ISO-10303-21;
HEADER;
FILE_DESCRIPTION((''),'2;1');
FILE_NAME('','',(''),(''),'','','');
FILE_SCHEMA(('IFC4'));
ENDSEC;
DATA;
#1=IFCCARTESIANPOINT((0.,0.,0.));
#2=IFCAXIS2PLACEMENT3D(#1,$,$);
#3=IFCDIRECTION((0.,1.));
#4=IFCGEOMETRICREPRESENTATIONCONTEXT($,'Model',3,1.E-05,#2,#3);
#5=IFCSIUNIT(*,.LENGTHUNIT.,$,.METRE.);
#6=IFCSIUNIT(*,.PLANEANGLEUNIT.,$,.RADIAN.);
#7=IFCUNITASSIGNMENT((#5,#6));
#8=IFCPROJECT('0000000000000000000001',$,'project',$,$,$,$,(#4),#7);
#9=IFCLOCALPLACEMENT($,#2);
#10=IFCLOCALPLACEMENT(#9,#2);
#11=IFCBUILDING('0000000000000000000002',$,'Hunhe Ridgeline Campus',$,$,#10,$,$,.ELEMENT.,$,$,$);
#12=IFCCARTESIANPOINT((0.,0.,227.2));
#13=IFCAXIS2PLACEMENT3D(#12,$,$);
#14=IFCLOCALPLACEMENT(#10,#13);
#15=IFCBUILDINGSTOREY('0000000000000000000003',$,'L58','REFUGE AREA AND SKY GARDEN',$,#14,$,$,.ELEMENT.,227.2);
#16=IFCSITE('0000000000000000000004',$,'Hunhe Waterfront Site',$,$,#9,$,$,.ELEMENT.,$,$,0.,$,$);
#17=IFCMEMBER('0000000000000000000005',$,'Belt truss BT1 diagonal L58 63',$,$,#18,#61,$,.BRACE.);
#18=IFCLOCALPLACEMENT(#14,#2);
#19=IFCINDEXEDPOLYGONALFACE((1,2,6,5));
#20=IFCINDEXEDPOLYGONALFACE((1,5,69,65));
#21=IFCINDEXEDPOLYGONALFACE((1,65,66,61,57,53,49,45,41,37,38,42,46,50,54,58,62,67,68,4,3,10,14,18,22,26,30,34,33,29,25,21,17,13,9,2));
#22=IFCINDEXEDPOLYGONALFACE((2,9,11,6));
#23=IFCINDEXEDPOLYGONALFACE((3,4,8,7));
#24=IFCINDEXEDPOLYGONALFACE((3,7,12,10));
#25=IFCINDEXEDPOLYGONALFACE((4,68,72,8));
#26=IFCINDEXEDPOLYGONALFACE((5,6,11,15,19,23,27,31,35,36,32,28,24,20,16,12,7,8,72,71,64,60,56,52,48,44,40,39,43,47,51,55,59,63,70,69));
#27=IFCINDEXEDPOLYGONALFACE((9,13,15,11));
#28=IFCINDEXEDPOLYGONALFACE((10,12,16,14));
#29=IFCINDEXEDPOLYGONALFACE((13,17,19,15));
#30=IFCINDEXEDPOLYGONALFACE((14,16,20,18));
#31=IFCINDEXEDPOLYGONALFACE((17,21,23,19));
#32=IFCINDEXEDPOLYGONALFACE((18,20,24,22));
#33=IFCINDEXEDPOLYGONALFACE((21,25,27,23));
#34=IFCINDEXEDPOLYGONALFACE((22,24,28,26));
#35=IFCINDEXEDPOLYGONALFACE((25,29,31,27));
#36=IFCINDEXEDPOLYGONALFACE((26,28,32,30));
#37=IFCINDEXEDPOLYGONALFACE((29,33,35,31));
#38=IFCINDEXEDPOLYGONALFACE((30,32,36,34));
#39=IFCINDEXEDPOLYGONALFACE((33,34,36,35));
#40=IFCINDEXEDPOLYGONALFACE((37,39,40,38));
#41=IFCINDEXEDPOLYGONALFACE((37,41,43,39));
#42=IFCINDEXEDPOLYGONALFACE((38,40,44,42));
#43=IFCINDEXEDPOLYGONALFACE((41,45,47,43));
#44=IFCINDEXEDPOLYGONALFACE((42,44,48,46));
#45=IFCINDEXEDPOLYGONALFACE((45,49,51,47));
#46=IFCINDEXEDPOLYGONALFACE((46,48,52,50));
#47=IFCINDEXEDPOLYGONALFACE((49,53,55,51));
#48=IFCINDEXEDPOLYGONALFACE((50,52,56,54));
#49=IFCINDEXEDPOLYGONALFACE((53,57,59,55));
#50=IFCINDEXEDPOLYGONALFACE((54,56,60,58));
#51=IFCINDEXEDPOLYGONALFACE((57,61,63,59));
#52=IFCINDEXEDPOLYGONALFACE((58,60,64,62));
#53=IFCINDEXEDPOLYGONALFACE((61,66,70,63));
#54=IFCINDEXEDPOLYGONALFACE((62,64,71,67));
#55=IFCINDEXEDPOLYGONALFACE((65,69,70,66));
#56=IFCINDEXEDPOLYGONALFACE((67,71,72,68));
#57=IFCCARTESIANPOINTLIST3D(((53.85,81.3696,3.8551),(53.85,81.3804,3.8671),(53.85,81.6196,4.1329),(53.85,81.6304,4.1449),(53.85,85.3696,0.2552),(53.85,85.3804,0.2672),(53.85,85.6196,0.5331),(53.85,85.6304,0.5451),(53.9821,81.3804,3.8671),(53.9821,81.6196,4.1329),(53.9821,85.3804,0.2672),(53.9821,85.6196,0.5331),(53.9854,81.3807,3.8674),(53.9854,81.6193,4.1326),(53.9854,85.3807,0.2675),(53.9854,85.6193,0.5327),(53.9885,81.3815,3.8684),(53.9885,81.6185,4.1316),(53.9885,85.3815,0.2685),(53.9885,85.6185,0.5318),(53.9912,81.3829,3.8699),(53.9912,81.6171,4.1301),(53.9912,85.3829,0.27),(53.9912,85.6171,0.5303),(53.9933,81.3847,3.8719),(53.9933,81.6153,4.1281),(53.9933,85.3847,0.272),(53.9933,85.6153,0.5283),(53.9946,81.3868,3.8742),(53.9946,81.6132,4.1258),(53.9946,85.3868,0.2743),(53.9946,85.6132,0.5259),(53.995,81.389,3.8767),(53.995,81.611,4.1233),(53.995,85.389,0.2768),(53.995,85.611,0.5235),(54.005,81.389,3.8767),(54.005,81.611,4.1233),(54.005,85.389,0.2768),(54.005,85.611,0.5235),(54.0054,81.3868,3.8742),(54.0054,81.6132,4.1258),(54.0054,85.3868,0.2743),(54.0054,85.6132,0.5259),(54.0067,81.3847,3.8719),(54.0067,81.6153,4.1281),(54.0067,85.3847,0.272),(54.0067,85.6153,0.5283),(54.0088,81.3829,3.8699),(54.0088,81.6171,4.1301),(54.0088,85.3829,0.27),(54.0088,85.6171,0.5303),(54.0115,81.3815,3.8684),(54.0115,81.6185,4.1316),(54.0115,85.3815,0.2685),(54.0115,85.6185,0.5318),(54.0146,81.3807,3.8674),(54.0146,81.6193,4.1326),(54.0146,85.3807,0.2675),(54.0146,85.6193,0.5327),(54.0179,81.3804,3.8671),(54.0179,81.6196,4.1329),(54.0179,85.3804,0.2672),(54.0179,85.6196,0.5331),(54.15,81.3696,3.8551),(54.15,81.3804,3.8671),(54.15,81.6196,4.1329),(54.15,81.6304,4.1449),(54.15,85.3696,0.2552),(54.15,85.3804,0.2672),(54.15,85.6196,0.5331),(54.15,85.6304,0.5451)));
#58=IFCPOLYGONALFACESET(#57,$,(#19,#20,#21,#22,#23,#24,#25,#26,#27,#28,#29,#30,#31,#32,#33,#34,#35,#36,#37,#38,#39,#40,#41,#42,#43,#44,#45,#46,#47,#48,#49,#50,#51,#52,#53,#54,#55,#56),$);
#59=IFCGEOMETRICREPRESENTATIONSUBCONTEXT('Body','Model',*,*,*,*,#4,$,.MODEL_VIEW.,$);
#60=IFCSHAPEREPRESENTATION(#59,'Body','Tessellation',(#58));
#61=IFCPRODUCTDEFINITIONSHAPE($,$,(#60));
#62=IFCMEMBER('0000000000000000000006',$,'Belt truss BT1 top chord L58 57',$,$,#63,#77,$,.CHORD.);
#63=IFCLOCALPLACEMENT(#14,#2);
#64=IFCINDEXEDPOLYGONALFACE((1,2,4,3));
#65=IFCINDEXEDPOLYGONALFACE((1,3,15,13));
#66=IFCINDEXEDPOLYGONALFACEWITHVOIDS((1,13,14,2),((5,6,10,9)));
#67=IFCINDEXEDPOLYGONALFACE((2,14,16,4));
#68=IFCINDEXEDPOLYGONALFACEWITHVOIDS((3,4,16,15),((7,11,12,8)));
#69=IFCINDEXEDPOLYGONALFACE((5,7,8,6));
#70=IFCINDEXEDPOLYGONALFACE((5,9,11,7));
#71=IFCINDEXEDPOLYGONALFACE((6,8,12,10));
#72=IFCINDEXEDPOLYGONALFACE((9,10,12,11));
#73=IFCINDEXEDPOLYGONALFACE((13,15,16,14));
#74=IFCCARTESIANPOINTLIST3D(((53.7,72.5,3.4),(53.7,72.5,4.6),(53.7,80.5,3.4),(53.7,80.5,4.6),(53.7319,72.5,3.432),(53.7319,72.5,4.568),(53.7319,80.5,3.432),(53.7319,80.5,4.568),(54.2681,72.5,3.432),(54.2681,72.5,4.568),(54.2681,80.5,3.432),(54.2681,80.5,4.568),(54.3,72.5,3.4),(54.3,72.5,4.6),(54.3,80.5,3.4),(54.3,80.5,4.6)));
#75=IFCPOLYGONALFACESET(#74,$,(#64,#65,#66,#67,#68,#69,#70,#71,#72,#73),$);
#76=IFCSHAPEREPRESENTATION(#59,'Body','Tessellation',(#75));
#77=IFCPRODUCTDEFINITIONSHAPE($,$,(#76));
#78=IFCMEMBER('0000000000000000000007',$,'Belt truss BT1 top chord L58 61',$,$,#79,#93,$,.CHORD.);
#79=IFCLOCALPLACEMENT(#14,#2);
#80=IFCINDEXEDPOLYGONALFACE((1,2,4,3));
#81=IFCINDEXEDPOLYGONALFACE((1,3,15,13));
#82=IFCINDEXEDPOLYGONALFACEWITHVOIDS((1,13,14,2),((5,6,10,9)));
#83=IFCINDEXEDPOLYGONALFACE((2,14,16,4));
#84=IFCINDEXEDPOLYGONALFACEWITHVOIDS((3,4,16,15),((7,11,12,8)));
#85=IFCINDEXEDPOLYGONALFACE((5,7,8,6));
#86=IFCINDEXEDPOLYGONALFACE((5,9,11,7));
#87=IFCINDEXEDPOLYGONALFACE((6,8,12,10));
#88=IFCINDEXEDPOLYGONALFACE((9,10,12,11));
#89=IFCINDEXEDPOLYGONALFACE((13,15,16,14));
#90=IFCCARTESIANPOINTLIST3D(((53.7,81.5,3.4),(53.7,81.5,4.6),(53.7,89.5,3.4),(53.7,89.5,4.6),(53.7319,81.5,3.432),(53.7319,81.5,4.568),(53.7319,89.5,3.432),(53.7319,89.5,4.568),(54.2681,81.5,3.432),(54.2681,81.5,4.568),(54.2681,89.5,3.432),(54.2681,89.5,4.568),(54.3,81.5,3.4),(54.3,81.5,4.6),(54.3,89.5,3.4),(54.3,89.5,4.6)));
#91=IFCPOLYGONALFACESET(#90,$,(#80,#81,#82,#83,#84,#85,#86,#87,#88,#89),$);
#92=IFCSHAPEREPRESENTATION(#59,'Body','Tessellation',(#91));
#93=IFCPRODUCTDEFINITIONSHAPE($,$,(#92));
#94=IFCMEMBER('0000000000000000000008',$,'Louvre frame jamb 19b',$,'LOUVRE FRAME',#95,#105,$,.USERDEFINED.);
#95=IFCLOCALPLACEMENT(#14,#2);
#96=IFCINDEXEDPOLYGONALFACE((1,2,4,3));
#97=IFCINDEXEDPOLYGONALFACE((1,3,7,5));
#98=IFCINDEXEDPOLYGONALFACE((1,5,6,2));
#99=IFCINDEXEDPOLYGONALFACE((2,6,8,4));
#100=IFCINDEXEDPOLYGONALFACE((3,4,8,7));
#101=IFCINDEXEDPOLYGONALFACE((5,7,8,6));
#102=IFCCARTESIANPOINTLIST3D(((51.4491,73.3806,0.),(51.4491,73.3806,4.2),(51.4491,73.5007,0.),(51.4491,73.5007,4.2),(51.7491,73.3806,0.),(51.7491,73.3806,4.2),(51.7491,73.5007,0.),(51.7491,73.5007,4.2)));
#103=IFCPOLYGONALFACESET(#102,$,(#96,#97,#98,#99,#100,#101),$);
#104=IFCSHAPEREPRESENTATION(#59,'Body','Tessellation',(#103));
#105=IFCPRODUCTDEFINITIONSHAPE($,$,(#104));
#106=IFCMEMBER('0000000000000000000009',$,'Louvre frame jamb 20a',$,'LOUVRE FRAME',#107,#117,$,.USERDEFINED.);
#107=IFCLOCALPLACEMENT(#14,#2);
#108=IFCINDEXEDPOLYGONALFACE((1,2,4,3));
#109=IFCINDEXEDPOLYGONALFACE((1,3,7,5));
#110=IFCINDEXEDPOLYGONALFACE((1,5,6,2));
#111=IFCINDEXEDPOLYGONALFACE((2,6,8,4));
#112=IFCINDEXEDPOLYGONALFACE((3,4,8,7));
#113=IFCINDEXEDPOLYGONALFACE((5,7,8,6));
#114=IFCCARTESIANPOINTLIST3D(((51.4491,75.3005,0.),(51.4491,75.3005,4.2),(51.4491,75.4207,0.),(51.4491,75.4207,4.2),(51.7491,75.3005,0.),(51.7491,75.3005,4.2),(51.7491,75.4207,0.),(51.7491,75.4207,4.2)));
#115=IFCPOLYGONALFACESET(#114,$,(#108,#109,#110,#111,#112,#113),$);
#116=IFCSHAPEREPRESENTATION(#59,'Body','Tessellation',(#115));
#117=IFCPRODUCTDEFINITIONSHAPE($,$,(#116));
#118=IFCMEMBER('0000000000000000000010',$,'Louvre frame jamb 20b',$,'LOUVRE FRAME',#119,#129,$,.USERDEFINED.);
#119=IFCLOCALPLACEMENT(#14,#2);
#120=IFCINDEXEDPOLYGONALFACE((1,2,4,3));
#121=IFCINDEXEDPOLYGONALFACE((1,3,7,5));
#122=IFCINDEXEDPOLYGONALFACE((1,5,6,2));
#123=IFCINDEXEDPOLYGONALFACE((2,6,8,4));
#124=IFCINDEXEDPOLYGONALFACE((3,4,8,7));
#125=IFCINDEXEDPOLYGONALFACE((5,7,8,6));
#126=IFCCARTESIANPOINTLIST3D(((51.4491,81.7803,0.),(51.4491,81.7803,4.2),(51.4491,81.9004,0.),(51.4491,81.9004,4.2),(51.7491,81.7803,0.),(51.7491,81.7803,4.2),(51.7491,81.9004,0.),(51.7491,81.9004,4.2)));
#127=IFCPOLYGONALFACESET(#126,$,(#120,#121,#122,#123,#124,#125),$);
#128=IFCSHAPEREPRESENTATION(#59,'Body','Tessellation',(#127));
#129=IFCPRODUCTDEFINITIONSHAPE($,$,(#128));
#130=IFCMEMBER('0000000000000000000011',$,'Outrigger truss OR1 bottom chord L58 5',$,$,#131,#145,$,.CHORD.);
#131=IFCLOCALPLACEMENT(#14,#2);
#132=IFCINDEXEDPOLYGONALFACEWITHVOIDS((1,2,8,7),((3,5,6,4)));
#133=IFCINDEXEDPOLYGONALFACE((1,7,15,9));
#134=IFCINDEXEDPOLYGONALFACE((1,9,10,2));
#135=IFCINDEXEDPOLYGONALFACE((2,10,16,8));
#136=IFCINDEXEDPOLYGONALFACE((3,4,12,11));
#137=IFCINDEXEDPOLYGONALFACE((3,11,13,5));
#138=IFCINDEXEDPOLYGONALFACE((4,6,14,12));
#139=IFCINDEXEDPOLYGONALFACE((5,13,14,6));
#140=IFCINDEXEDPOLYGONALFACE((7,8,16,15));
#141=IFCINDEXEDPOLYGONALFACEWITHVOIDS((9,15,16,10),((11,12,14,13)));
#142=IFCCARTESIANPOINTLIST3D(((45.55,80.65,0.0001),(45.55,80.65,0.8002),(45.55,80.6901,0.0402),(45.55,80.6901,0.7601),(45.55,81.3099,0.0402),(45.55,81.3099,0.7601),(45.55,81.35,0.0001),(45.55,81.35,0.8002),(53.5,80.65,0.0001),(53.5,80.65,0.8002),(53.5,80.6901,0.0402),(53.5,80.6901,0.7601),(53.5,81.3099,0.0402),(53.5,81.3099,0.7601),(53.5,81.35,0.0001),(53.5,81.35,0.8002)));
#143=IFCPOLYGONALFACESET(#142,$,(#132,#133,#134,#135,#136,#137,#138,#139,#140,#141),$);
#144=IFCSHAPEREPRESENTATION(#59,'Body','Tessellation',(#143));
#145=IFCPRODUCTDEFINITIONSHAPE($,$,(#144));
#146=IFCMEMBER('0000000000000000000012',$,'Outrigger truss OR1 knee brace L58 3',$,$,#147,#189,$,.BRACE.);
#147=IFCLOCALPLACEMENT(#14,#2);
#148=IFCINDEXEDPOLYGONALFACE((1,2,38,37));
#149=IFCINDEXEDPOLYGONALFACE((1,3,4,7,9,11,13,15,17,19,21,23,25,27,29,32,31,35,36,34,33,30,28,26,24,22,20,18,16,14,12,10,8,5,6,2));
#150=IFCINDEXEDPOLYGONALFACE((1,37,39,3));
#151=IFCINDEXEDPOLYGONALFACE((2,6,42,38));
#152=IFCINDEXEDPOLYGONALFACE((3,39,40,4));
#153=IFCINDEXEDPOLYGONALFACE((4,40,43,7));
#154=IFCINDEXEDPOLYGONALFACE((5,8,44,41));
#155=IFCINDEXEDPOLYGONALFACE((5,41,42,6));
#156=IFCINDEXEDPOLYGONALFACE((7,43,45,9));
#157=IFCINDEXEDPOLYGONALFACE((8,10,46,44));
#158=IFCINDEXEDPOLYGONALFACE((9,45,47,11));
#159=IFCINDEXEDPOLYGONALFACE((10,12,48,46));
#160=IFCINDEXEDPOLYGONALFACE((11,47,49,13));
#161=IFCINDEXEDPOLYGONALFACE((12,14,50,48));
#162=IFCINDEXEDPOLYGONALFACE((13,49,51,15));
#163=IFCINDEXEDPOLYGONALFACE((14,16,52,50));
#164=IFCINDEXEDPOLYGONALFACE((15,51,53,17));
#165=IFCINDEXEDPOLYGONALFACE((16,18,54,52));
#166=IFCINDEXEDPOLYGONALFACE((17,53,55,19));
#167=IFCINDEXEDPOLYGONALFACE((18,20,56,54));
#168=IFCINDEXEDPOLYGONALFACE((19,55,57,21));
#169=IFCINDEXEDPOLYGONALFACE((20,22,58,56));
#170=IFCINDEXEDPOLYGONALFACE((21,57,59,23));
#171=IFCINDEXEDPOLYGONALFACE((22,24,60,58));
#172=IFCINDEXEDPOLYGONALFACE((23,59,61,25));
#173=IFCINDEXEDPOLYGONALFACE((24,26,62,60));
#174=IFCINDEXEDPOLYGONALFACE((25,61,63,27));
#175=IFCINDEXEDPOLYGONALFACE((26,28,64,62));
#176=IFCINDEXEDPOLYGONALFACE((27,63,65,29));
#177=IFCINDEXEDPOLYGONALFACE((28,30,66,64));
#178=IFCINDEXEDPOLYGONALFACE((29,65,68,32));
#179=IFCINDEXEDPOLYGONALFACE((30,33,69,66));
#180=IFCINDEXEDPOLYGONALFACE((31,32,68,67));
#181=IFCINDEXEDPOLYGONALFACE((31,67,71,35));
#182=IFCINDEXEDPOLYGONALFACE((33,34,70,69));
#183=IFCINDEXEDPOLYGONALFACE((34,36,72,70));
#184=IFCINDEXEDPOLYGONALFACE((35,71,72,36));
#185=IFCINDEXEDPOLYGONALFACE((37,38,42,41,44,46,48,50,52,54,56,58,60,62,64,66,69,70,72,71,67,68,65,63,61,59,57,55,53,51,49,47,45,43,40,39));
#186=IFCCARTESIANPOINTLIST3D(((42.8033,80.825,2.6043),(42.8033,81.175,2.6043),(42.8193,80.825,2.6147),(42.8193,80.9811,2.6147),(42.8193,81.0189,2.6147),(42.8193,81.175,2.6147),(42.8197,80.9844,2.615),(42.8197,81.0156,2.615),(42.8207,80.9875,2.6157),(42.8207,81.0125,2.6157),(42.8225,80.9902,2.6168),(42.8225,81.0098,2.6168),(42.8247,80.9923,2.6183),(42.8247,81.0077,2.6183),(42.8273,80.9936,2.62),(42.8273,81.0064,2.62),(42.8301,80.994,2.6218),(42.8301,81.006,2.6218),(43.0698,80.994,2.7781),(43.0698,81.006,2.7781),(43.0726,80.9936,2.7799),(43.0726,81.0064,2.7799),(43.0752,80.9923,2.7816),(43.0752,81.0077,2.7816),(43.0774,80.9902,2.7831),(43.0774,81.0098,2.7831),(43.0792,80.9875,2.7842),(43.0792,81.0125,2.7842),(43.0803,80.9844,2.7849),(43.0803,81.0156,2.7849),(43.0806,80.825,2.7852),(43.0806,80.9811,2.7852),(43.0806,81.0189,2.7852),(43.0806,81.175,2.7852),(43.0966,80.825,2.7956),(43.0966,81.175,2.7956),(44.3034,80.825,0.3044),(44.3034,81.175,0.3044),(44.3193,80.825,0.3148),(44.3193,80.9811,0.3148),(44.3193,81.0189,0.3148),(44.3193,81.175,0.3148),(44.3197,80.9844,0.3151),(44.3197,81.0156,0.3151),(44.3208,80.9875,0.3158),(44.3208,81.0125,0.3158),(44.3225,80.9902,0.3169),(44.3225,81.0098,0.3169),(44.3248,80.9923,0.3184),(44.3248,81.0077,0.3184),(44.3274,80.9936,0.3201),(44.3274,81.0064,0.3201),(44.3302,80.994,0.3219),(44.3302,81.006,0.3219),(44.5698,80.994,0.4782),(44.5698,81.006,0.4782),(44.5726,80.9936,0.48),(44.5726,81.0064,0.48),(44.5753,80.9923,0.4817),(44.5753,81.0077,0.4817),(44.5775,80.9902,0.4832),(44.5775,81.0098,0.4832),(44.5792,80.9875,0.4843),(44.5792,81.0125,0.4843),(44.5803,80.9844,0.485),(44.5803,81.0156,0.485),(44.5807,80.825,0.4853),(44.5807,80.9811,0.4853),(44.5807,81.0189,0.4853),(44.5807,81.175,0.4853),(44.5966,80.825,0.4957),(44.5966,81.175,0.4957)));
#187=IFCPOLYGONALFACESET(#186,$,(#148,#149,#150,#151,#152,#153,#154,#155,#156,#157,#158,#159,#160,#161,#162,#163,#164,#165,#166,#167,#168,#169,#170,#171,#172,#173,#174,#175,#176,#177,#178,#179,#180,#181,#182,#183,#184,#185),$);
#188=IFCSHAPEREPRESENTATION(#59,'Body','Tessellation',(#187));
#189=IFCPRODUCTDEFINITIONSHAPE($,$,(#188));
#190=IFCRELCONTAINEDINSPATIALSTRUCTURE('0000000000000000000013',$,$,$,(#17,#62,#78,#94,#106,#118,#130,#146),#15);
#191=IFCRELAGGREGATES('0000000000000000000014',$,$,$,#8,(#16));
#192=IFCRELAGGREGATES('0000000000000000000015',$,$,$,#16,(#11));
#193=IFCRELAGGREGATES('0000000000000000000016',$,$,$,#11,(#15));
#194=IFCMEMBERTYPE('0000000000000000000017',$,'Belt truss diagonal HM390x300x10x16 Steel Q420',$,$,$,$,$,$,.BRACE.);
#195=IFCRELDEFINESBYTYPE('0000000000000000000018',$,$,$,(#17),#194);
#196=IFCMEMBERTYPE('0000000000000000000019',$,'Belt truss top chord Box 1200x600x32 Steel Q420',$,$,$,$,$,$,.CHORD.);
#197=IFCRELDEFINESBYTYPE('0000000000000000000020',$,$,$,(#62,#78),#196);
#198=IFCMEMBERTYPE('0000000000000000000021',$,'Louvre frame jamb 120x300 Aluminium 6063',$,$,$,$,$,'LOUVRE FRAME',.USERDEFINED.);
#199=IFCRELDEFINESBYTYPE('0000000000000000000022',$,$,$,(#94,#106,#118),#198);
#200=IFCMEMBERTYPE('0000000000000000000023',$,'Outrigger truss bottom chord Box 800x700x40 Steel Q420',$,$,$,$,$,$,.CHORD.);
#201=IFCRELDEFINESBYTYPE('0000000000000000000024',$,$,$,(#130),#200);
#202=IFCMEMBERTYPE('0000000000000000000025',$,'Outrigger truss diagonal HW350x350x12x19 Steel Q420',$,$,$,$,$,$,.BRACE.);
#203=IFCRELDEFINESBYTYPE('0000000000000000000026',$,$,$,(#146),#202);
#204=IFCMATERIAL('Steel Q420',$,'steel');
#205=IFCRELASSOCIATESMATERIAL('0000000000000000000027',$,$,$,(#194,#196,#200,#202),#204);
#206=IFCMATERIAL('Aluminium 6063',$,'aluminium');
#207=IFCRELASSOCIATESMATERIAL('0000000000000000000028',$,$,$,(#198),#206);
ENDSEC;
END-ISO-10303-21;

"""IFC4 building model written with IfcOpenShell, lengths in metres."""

from ifc_helpers import new_model, si_unit, direction, frame, origin, origin_2d, place, context, subcontext, project, spatial, rectangle, hollow_rectangle, i_section, extrude, material, material_profile, profile_set, type_object, element, save


model = new_model("IFC4")

# Units and contexts
model_context = context("Model", 3, precision=1e-05, world=origin(), true_north=direction((0.0, 1.0)))
body_context = subcontext(model_context, "Body", "Model", "MODEL_VIEW")
ifc_project = project(units=[si_unit("LENGTHUNIT", "METRE"), si_unit("PLANEANGLEUNIT", "RADIAN")], contexts=[model_context])

# Site, building, storey
site_placement = place(None, origin())
site = spatial("IfcSite", under=ifc_project, at=site_placement, Name="Hunhe Waterfront Site", CompositionType="ELEMENT", RefElevation=0.0)
building_placement = place(site_placement, origin())
building = spatial("IfcBuilding", under=site, at=building_placement, Name="Hunhe Ridgeline Campus", CompositionType="ELEMENT")
storey_placement = place(building_placement, frame((0.0, 0.0, 227.2)))
storey = spatial("IfcBuildingStorey", under=building, at=storey_placement, Name="L58", Description="REFUGE AREA AND SKY GARDEN", CompositionType="ELEMENT", Elevation=227.2)

# Members
ifc_material_1 = material(Name="Steel Q420", Category="steel")
ifc_material_profile_1 = material_profile(ifc_material_1, i_section(OverallWidth=0.3, OverallDepth=0.3899, WebThickness=0.01, FlangeThickness=0.0161, FilletRadius=0.0129, at=origin_2d()))
ifc_profile_set_1 = profile_set([ifc_material_profile_1], Name="Steel Q420")
member_type_1 = type_object("IfcMemberType", Name="Belt truss diagonal HM390x300x10x16 Steel Q420", PredefinedType="BRACE", material=ifc_profile_set_1)
for number, where, z_axis, x_axis, name in (
    (1, (54.0, 81.5, 4.0), (0.0, 0.743308, -0.66895), (-1.0, 0.0, 0.0), "Belt truss BT1 diagonal L58 63"),
):
    element("IfcMember", number, at=place(storey_placement, frame(where, z_axis=z_axis, x_axis=x_axis)), inside=storey, type_object=member_type_1, Name=name, PredefinedType="BRACE", context=body_context, shape_type="SweptSolid", body=[
        extrude(i_section(OverallWidth=0.3, OverallDepth=0.3899, WebThickness=0.01, FlangeThickness=0.0161, FilletRadius=0.0129, at=origin_2d()), origin(), (0.0, 0.0, 1.0), 5.3813),
    ])
ifc_material_profile_2 = material_profile(ifc_material_1, hollow_rectangle(XDim=0.6001, YDim=1.2, WallThickness=0.032, at=origin_2d()))
ifc_profile_set_2 = profile_set([ifc_material_profile_2], Name="Steel Q420")
member_type_2 = type_object("IfcMemberType", Name="Belt truss top chord Box 1200x600x32 Steel Q420", PredefinedType="CHORD", material=ifc_profile_set_2)
for number, where, z_axis, x_axis, name in (
    (2, (54.0, 72.5, 4.0), (0.0, 1.0, 0.0), (-1.0, 0.0, 0.0), "Belt truss BT1 top chord L58 57"),
    (3, (54.0, 81.5, 4.0), (0.0, 1.0, 0.0), (-1.0, 0.0, 0.0), "Belt truss BT1 top chord L58 61"),
):
    element("IfcMember", number, at=place(storey_placement, frame(where, z_axis=z_axis, x_axis=x_axis)), inside=storey, type_object=member_type_2, Name=name, PredefinedType="CHORD", context=body_context, shape_type="SweptSolid", body=[
        extrude(hollow_rectangle(XDim=0.6001, YDim=1.2, WallThickness=0.032, at=origin_2d()), origin(), (0.0, 0.0, 1.0), 8.0),
    ])
ifc_material_2 = material(Name="Aluminium 6063", Category="aluminium")
ifc_material_profile_3 = material_profile(ifc_material_2, rectangle(XDim=0.3, YDim=0.1201, at=origin_2d()))
ifc_profile_set_3 = profile_set([ifc_material_profile_3], Name="Aluminium 6063")
member_type_3 = type_object("IfcMemberType", Name="Louvre frame jamb 120x300 Aluminium 6063", ElementType="LOUVRE FRAME", PredefinedType="USERDEFINED", material=ifc_profile_set_3)
for number, where, z_axis, x_axis, name in (
    (4, (51.5991, 73.4407, 0.0), (0.0, 0.0, 1.0), (-1.0, 0.0, 0.0), "Louvre frame jamb 19b"),
    (5, (51.5991, 75.3606, 0.0), (0.0, 0.0, 1.0), (-1.0, 0.0, 0.0), "Louvre frame jamb 20a"),
    (6, (51.5991, 81.8403, 0.0), (0.0, 0.0, 1.0), (-1.0, 0.0, 0.0), "Louvre frame jamb 20b"),
):
    element("IfcMember", number, at=place(storey_placement, frame(where, z_axis=z_axis, x_axis=x_axis)), inside=storey, type_object=member_type_3, Name=name, ObjectType="LOUVRE FRAME", PredefinedType="USERDEFINED", context=body_context, shape_type="SweptSolid", body=[
        extrude(rectangle(XDim=0.3, YDim=0.1201, at=origin_2d()), origin(), (0.0, 0.0, 1.0), 4.2),
    ])
ifc_material_profile_4 = material_profile(ifc_material_1, hollow_rectangle(XDim=0.7, YDim=0.8, WallThickness=0.04, at=origin_2d()))
ifc_profile_set_4 = profile_set([ifc_material_profile_4], Name="Steel Q420")
member_type_4 = type_object("IfcMemberType", Name="Outrigger truss bottom chord Box 800x700x40 Steel Q420", PredefinedType="CHORD", material=ifc_profile_set_4)
member_1_placement = place(storey_placement, frame((45.55, 81.0, 0.4001), z_axis=(1.0, 0.0, 0.0), x_axis=(0.0, 1.0, 0.0)))
element("IfcMember", 7, at=member_1_placement, inside=storey, type_object=member_type_4, Name="Outrigger truss OR1 bottom chord L58 5", PredefinedType="CHORD", context=body_context, shape_type="SweptSolid", body=[
    extrude(hollow_rectangle(XDim=0.7, YDim=0.8, WallThickness=0.04, at=origin_2d()), origin(), (0.0, 0.0, 1.0), 7.95),
])
ifc_material_profile_5 = material_profile(ifc_material_1, i_section(OverallWidth=0.3501, OverallDepth=0.3501, WebThickness=0.012, FlangeThickness=0.019, FilletRadius=0.0129, at=origin_2d()))
ifc_profile_set_5 = profile_set([ifc_material_profile_5], Name="Steel Q420")
member_type_5 = type_object("IfcMemberType", Name="Outrigger truss diagonal HW350x350x12x19 Steel Q420", PredefinedType="BRACE", material=ifc_profile_set_5)
member_2_placement = place(storey_placement, frame((42.95, 81.0, 2.7), z_axis=(0.5463, 0.0, -0.837589), x_axis=(0.0, 1.0, 0.0)))
element("IfcMember", 8, at=member_2_placement, inside=storey, type_object=member_type_5, Name="Outrigger truss OR1 knee brace L58 3", PredefinedType="BRACE", context=body_context, shape_type="SweptSolid", body=[
    extrude(i_section(OverallWidth=0.3501, OverallDepth=0.3501, WebThickness=0.012, FlangeThickness=0.019, FilletRadius=0.0129, at=origin_2d()), origin(), (0.0, 0.0, 1.0), 2.7458),
])

save(model, "model.ifc")
